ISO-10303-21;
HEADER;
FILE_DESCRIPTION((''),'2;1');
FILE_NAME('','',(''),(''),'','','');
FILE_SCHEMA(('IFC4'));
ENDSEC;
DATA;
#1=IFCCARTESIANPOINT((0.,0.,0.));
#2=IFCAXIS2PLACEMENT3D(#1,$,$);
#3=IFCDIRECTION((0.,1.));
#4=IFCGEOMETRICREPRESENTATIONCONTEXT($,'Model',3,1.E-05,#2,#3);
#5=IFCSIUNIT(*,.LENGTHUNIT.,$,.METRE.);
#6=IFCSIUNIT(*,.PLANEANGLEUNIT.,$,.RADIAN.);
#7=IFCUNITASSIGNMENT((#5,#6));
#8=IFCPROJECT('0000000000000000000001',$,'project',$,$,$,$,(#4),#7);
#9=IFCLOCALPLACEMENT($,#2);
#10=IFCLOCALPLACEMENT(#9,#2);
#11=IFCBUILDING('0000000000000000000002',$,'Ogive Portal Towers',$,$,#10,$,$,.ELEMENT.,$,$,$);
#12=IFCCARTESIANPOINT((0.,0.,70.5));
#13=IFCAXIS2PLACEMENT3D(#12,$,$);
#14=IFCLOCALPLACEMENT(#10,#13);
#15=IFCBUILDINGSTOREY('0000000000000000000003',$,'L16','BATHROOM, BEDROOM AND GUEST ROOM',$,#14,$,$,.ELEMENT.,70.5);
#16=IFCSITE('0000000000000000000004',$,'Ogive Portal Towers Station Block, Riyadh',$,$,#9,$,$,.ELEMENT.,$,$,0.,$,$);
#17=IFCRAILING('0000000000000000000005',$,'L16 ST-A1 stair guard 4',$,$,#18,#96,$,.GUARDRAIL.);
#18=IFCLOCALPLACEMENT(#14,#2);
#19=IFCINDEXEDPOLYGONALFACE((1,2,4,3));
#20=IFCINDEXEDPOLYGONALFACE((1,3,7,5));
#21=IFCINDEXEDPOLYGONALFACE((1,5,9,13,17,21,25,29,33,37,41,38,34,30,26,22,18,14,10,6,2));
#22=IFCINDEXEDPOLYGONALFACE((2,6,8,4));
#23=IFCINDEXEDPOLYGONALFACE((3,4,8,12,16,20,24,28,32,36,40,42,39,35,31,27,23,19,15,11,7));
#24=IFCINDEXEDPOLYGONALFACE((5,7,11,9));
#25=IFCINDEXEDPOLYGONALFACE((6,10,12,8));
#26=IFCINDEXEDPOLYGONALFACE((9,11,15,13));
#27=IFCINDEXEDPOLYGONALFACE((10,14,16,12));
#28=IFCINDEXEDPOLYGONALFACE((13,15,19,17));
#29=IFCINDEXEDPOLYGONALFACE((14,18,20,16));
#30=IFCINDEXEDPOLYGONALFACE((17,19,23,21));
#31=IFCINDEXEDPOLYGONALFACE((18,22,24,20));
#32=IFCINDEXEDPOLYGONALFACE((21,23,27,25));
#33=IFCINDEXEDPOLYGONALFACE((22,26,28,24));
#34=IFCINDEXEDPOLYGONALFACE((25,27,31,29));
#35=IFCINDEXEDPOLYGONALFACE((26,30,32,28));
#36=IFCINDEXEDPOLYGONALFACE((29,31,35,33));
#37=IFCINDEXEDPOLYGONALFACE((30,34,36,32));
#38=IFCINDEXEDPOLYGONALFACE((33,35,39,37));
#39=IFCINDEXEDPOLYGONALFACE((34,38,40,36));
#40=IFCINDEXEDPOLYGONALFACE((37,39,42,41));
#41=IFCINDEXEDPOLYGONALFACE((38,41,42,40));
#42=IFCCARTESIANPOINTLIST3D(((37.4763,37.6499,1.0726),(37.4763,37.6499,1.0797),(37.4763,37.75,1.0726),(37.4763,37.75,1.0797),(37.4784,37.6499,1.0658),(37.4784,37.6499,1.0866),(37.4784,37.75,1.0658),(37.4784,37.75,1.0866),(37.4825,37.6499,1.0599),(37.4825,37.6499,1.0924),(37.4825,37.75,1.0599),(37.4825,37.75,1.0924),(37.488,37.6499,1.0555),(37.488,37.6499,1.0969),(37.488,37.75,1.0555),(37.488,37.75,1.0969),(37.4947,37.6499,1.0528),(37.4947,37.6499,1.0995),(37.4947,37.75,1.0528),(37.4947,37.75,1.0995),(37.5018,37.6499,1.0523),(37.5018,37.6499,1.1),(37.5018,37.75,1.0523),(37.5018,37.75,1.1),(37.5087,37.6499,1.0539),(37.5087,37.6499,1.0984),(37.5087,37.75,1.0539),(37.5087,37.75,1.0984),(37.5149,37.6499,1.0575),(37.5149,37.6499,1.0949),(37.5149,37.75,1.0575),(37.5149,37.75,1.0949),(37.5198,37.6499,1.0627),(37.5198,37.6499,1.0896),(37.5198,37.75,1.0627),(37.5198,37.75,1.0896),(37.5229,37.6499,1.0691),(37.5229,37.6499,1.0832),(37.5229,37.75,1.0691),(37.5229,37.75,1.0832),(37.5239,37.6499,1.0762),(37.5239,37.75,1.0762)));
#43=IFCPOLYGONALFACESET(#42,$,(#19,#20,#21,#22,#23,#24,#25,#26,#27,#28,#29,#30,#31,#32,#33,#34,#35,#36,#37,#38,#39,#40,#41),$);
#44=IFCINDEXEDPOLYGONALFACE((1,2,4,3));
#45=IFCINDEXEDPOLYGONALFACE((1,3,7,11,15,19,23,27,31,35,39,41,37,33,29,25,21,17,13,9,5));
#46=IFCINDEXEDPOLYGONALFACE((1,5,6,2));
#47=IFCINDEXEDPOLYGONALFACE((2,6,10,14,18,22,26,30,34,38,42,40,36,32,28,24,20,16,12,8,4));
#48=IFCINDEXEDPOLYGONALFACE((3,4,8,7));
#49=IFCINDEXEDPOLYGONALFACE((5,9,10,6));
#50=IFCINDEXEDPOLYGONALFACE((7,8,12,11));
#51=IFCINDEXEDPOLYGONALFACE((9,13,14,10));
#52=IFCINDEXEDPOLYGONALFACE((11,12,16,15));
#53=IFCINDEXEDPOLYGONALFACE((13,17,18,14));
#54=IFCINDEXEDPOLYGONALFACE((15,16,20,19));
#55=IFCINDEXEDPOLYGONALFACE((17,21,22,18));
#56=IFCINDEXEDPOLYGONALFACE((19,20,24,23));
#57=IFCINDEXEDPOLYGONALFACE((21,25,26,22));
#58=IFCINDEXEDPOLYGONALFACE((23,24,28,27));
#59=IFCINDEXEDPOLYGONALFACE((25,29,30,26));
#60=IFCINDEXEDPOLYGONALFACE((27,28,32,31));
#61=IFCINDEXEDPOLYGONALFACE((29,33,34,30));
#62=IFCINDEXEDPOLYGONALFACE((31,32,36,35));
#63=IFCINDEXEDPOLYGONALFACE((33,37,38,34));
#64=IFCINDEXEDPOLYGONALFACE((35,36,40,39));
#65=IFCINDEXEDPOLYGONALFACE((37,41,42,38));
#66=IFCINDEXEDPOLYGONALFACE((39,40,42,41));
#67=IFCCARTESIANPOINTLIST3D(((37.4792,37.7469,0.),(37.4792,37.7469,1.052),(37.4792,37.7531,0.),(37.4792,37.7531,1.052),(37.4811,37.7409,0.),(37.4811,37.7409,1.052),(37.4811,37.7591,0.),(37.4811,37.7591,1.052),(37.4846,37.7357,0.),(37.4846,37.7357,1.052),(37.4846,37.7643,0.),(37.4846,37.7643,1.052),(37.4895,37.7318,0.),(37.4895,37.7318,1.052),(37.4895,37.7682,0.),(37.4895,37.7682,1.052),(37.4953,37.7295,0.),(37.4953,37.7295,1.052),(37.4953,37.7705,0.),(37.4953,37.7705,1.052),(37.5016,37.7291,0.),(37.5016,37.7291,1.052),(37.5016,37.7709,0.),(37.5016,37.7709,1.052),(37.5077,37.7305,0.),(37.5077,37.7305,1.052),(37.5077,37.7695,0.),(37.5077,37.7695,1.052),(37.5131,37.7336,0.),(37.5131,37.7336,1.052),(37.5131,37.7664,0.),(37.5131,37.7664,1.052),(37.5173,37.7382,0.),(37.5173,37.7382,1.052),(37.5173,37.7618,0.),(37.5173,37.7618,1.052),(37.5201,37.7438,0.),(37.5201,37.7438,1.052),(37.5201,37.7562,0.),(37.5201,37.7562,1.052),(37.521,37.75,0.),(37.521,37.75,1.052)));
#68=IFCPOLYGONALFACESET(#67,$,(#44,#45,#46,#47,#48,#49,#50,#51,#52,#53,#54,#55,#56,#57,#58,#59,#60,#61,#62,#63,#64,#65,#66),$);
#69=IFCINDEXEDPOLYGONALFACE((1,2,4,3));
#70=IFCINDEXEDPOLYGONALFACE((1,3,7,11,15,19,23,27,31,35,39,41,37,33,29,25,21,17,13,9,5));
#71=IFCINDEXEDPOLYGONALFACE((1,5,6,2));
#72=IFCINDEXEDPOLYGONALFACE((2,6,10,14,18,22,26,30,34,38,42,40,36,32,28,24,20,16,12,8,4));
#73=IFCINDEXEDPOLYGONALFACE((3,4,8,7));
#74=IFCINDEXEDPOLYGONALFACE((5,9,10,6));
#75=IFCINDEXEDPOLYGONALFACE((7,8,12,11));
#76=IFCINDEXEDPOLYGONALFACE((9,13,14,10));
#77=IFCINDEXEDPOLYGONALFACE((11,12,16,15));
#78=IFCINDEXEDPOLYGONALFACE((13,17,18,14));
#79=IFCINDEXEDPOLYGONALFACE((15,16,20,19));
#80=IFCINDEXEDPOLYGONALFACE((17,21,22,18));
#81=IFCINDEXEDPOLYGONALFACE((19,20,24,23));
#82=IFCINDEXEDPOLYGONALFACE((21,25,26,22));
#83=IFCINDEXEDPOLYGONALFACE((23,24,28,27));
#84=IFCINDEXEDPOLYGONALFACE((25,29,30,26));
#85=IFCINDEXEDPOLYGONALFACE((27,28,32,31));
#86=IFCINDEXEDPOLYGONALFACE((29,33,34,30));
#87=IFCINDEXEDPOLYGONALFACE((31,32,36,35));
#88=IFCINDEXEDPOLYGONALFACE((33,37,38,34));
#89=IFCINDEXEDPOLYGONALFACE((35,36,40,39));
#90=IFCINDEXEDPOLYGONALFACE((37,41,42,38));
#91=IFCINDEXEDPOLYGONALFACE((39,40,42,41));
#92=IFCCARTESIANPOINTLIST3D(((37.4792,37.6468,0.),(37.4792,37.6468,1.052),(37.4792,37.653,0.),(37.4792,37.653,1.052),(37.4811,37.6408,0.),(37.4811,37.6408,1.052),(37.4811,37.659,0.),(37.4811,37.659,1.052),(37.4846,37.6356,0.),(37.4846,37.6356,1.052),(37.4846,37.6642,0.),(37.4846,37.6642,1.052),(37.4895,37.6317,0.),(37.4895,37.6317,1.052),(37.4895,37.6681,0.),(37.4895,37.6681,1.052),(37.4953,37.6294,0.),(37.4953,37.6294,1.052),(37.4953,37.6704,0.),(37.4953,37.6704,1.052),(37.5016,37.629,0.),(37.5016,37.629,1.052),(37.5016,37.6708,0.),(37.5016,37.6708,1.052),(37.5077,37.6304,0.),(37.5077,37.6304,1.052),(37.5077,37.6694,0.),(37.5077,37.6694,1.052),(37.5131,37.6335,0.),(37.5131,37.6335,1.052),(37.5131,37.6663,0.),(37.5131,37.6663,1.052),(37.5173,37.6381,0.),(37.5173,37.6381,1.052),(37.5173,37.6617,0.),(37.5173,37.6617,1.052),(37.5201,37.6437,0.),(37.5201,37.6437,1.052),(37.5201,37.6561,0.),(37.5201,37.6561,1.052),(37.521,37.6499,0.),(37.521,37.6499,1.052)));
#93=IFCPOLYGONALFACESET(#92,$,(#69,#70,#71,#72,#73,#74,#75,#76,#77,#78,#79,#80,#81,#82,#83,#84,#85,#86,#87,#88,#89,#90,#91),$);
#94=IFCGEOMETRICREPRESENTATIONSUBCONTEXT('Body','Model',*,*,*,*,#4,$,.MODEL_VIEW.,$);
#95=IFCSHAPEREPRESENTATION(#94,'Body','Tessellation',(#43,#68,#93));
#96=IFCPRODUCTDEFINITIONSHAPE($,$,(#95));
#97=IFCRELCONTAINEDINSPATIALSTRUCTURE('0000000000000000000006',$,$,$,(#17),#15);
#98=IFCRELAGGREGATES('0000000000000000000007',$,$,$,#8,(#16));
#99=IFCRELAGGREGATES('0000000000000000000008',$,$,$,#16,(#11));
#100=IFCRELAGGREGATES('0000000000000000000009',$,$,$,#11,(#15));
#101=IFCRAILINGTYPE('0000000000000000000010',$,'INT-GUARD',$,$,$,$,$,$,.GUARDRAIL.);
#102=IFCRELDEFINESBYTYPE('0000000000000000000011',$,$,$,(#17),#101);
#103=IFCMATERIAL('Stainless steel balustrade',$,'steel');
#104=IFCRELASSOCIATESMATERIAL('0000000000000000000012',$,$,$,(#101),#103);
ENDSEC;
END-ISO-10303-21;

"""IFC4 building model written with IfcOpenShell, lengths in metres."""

from ifc_helpers import new_model, si_unit, direction, frame, origin, origin_2d, place, context, subcontext, project, spatial, circle, extrude, material, type_object, element, save


model = new_model("IFC4")

# Units and contexts
model_context = context("Model", 3, precision=1e-05, world=origin(), true_north=direction((0.0, 1.0)))
body_context = subcontext(model_context, "Body", "Model", "MODEL_VIEW")
ifc_project = project(units=[si_unit("LENGTHUNIT", "METRE"), si_unit("PLANEANGLEUNIT", "RADIAN")], contexts=[model_context])

# Site, building, storey
site_placement = place(None, origin())
site = spatial("IfcSite", under=ifc_project, at=site_placement, Name="Ogive Portal Towers Station Block, Riyadh", CompositionType="ELEMENT", RefElevation=0.0)
building_placement = place(site_placement, origin())
building = spatial("IfcBuilding", under=site, at=building_placement, Name="Ogive Portal Towers", CompositionType="ELEMENT")
storey_placement = place(building_placement, frame((0.0, 0.0, 70.5)))
storey = spatial("IfcBuildingStorey", under=building, at=storey_placement, Name="L16", Description="BATHROOM, BEDROOM AND GUEST ROOM", CompositionType="ELEMENT", Elevation=70.5)

# Railing
ifc_material_1 = material(Name="Stainless steel balustrade", Category="steel")
railing_type = type_object("IfcRailingType", Name="INT-GUARD", PredefinedType="GUARDRAIL", material=ifc_material_1)
railing_placement = place(storey_placement, frame((37.5, 37.75, 0.0)))
element("IfcRailing", 1, at=railing_placement, inside=storey, type_object=railing_type, Name="L16 ST-A1 stair guard 4", PredefinedType="GUARDRAIL", context=body_context, shape_type="SweptSolid", body=[
    extrude(circle(Radius=0.0239, at=origin_2d()), frame((0.0, 0.0, 1.0762), z_axis=(0.0, -1.0, 0.0), x_axis=(1.0, 0.0, 0.0)), (0.0, 0.0, 1.0), 0.1001),
    extrude(circle(Radius=0.021, at=origin_2d()), origin(), (0.0, 0.0, 1.0), 1.052),
    extrude(circle(Radius=0.021, at=origin_2d()), frame((0.0, -0.1001, 0.0)), (0.0, 0.0, 1.0), 1.052),
])

save(model, "model.ifc")
